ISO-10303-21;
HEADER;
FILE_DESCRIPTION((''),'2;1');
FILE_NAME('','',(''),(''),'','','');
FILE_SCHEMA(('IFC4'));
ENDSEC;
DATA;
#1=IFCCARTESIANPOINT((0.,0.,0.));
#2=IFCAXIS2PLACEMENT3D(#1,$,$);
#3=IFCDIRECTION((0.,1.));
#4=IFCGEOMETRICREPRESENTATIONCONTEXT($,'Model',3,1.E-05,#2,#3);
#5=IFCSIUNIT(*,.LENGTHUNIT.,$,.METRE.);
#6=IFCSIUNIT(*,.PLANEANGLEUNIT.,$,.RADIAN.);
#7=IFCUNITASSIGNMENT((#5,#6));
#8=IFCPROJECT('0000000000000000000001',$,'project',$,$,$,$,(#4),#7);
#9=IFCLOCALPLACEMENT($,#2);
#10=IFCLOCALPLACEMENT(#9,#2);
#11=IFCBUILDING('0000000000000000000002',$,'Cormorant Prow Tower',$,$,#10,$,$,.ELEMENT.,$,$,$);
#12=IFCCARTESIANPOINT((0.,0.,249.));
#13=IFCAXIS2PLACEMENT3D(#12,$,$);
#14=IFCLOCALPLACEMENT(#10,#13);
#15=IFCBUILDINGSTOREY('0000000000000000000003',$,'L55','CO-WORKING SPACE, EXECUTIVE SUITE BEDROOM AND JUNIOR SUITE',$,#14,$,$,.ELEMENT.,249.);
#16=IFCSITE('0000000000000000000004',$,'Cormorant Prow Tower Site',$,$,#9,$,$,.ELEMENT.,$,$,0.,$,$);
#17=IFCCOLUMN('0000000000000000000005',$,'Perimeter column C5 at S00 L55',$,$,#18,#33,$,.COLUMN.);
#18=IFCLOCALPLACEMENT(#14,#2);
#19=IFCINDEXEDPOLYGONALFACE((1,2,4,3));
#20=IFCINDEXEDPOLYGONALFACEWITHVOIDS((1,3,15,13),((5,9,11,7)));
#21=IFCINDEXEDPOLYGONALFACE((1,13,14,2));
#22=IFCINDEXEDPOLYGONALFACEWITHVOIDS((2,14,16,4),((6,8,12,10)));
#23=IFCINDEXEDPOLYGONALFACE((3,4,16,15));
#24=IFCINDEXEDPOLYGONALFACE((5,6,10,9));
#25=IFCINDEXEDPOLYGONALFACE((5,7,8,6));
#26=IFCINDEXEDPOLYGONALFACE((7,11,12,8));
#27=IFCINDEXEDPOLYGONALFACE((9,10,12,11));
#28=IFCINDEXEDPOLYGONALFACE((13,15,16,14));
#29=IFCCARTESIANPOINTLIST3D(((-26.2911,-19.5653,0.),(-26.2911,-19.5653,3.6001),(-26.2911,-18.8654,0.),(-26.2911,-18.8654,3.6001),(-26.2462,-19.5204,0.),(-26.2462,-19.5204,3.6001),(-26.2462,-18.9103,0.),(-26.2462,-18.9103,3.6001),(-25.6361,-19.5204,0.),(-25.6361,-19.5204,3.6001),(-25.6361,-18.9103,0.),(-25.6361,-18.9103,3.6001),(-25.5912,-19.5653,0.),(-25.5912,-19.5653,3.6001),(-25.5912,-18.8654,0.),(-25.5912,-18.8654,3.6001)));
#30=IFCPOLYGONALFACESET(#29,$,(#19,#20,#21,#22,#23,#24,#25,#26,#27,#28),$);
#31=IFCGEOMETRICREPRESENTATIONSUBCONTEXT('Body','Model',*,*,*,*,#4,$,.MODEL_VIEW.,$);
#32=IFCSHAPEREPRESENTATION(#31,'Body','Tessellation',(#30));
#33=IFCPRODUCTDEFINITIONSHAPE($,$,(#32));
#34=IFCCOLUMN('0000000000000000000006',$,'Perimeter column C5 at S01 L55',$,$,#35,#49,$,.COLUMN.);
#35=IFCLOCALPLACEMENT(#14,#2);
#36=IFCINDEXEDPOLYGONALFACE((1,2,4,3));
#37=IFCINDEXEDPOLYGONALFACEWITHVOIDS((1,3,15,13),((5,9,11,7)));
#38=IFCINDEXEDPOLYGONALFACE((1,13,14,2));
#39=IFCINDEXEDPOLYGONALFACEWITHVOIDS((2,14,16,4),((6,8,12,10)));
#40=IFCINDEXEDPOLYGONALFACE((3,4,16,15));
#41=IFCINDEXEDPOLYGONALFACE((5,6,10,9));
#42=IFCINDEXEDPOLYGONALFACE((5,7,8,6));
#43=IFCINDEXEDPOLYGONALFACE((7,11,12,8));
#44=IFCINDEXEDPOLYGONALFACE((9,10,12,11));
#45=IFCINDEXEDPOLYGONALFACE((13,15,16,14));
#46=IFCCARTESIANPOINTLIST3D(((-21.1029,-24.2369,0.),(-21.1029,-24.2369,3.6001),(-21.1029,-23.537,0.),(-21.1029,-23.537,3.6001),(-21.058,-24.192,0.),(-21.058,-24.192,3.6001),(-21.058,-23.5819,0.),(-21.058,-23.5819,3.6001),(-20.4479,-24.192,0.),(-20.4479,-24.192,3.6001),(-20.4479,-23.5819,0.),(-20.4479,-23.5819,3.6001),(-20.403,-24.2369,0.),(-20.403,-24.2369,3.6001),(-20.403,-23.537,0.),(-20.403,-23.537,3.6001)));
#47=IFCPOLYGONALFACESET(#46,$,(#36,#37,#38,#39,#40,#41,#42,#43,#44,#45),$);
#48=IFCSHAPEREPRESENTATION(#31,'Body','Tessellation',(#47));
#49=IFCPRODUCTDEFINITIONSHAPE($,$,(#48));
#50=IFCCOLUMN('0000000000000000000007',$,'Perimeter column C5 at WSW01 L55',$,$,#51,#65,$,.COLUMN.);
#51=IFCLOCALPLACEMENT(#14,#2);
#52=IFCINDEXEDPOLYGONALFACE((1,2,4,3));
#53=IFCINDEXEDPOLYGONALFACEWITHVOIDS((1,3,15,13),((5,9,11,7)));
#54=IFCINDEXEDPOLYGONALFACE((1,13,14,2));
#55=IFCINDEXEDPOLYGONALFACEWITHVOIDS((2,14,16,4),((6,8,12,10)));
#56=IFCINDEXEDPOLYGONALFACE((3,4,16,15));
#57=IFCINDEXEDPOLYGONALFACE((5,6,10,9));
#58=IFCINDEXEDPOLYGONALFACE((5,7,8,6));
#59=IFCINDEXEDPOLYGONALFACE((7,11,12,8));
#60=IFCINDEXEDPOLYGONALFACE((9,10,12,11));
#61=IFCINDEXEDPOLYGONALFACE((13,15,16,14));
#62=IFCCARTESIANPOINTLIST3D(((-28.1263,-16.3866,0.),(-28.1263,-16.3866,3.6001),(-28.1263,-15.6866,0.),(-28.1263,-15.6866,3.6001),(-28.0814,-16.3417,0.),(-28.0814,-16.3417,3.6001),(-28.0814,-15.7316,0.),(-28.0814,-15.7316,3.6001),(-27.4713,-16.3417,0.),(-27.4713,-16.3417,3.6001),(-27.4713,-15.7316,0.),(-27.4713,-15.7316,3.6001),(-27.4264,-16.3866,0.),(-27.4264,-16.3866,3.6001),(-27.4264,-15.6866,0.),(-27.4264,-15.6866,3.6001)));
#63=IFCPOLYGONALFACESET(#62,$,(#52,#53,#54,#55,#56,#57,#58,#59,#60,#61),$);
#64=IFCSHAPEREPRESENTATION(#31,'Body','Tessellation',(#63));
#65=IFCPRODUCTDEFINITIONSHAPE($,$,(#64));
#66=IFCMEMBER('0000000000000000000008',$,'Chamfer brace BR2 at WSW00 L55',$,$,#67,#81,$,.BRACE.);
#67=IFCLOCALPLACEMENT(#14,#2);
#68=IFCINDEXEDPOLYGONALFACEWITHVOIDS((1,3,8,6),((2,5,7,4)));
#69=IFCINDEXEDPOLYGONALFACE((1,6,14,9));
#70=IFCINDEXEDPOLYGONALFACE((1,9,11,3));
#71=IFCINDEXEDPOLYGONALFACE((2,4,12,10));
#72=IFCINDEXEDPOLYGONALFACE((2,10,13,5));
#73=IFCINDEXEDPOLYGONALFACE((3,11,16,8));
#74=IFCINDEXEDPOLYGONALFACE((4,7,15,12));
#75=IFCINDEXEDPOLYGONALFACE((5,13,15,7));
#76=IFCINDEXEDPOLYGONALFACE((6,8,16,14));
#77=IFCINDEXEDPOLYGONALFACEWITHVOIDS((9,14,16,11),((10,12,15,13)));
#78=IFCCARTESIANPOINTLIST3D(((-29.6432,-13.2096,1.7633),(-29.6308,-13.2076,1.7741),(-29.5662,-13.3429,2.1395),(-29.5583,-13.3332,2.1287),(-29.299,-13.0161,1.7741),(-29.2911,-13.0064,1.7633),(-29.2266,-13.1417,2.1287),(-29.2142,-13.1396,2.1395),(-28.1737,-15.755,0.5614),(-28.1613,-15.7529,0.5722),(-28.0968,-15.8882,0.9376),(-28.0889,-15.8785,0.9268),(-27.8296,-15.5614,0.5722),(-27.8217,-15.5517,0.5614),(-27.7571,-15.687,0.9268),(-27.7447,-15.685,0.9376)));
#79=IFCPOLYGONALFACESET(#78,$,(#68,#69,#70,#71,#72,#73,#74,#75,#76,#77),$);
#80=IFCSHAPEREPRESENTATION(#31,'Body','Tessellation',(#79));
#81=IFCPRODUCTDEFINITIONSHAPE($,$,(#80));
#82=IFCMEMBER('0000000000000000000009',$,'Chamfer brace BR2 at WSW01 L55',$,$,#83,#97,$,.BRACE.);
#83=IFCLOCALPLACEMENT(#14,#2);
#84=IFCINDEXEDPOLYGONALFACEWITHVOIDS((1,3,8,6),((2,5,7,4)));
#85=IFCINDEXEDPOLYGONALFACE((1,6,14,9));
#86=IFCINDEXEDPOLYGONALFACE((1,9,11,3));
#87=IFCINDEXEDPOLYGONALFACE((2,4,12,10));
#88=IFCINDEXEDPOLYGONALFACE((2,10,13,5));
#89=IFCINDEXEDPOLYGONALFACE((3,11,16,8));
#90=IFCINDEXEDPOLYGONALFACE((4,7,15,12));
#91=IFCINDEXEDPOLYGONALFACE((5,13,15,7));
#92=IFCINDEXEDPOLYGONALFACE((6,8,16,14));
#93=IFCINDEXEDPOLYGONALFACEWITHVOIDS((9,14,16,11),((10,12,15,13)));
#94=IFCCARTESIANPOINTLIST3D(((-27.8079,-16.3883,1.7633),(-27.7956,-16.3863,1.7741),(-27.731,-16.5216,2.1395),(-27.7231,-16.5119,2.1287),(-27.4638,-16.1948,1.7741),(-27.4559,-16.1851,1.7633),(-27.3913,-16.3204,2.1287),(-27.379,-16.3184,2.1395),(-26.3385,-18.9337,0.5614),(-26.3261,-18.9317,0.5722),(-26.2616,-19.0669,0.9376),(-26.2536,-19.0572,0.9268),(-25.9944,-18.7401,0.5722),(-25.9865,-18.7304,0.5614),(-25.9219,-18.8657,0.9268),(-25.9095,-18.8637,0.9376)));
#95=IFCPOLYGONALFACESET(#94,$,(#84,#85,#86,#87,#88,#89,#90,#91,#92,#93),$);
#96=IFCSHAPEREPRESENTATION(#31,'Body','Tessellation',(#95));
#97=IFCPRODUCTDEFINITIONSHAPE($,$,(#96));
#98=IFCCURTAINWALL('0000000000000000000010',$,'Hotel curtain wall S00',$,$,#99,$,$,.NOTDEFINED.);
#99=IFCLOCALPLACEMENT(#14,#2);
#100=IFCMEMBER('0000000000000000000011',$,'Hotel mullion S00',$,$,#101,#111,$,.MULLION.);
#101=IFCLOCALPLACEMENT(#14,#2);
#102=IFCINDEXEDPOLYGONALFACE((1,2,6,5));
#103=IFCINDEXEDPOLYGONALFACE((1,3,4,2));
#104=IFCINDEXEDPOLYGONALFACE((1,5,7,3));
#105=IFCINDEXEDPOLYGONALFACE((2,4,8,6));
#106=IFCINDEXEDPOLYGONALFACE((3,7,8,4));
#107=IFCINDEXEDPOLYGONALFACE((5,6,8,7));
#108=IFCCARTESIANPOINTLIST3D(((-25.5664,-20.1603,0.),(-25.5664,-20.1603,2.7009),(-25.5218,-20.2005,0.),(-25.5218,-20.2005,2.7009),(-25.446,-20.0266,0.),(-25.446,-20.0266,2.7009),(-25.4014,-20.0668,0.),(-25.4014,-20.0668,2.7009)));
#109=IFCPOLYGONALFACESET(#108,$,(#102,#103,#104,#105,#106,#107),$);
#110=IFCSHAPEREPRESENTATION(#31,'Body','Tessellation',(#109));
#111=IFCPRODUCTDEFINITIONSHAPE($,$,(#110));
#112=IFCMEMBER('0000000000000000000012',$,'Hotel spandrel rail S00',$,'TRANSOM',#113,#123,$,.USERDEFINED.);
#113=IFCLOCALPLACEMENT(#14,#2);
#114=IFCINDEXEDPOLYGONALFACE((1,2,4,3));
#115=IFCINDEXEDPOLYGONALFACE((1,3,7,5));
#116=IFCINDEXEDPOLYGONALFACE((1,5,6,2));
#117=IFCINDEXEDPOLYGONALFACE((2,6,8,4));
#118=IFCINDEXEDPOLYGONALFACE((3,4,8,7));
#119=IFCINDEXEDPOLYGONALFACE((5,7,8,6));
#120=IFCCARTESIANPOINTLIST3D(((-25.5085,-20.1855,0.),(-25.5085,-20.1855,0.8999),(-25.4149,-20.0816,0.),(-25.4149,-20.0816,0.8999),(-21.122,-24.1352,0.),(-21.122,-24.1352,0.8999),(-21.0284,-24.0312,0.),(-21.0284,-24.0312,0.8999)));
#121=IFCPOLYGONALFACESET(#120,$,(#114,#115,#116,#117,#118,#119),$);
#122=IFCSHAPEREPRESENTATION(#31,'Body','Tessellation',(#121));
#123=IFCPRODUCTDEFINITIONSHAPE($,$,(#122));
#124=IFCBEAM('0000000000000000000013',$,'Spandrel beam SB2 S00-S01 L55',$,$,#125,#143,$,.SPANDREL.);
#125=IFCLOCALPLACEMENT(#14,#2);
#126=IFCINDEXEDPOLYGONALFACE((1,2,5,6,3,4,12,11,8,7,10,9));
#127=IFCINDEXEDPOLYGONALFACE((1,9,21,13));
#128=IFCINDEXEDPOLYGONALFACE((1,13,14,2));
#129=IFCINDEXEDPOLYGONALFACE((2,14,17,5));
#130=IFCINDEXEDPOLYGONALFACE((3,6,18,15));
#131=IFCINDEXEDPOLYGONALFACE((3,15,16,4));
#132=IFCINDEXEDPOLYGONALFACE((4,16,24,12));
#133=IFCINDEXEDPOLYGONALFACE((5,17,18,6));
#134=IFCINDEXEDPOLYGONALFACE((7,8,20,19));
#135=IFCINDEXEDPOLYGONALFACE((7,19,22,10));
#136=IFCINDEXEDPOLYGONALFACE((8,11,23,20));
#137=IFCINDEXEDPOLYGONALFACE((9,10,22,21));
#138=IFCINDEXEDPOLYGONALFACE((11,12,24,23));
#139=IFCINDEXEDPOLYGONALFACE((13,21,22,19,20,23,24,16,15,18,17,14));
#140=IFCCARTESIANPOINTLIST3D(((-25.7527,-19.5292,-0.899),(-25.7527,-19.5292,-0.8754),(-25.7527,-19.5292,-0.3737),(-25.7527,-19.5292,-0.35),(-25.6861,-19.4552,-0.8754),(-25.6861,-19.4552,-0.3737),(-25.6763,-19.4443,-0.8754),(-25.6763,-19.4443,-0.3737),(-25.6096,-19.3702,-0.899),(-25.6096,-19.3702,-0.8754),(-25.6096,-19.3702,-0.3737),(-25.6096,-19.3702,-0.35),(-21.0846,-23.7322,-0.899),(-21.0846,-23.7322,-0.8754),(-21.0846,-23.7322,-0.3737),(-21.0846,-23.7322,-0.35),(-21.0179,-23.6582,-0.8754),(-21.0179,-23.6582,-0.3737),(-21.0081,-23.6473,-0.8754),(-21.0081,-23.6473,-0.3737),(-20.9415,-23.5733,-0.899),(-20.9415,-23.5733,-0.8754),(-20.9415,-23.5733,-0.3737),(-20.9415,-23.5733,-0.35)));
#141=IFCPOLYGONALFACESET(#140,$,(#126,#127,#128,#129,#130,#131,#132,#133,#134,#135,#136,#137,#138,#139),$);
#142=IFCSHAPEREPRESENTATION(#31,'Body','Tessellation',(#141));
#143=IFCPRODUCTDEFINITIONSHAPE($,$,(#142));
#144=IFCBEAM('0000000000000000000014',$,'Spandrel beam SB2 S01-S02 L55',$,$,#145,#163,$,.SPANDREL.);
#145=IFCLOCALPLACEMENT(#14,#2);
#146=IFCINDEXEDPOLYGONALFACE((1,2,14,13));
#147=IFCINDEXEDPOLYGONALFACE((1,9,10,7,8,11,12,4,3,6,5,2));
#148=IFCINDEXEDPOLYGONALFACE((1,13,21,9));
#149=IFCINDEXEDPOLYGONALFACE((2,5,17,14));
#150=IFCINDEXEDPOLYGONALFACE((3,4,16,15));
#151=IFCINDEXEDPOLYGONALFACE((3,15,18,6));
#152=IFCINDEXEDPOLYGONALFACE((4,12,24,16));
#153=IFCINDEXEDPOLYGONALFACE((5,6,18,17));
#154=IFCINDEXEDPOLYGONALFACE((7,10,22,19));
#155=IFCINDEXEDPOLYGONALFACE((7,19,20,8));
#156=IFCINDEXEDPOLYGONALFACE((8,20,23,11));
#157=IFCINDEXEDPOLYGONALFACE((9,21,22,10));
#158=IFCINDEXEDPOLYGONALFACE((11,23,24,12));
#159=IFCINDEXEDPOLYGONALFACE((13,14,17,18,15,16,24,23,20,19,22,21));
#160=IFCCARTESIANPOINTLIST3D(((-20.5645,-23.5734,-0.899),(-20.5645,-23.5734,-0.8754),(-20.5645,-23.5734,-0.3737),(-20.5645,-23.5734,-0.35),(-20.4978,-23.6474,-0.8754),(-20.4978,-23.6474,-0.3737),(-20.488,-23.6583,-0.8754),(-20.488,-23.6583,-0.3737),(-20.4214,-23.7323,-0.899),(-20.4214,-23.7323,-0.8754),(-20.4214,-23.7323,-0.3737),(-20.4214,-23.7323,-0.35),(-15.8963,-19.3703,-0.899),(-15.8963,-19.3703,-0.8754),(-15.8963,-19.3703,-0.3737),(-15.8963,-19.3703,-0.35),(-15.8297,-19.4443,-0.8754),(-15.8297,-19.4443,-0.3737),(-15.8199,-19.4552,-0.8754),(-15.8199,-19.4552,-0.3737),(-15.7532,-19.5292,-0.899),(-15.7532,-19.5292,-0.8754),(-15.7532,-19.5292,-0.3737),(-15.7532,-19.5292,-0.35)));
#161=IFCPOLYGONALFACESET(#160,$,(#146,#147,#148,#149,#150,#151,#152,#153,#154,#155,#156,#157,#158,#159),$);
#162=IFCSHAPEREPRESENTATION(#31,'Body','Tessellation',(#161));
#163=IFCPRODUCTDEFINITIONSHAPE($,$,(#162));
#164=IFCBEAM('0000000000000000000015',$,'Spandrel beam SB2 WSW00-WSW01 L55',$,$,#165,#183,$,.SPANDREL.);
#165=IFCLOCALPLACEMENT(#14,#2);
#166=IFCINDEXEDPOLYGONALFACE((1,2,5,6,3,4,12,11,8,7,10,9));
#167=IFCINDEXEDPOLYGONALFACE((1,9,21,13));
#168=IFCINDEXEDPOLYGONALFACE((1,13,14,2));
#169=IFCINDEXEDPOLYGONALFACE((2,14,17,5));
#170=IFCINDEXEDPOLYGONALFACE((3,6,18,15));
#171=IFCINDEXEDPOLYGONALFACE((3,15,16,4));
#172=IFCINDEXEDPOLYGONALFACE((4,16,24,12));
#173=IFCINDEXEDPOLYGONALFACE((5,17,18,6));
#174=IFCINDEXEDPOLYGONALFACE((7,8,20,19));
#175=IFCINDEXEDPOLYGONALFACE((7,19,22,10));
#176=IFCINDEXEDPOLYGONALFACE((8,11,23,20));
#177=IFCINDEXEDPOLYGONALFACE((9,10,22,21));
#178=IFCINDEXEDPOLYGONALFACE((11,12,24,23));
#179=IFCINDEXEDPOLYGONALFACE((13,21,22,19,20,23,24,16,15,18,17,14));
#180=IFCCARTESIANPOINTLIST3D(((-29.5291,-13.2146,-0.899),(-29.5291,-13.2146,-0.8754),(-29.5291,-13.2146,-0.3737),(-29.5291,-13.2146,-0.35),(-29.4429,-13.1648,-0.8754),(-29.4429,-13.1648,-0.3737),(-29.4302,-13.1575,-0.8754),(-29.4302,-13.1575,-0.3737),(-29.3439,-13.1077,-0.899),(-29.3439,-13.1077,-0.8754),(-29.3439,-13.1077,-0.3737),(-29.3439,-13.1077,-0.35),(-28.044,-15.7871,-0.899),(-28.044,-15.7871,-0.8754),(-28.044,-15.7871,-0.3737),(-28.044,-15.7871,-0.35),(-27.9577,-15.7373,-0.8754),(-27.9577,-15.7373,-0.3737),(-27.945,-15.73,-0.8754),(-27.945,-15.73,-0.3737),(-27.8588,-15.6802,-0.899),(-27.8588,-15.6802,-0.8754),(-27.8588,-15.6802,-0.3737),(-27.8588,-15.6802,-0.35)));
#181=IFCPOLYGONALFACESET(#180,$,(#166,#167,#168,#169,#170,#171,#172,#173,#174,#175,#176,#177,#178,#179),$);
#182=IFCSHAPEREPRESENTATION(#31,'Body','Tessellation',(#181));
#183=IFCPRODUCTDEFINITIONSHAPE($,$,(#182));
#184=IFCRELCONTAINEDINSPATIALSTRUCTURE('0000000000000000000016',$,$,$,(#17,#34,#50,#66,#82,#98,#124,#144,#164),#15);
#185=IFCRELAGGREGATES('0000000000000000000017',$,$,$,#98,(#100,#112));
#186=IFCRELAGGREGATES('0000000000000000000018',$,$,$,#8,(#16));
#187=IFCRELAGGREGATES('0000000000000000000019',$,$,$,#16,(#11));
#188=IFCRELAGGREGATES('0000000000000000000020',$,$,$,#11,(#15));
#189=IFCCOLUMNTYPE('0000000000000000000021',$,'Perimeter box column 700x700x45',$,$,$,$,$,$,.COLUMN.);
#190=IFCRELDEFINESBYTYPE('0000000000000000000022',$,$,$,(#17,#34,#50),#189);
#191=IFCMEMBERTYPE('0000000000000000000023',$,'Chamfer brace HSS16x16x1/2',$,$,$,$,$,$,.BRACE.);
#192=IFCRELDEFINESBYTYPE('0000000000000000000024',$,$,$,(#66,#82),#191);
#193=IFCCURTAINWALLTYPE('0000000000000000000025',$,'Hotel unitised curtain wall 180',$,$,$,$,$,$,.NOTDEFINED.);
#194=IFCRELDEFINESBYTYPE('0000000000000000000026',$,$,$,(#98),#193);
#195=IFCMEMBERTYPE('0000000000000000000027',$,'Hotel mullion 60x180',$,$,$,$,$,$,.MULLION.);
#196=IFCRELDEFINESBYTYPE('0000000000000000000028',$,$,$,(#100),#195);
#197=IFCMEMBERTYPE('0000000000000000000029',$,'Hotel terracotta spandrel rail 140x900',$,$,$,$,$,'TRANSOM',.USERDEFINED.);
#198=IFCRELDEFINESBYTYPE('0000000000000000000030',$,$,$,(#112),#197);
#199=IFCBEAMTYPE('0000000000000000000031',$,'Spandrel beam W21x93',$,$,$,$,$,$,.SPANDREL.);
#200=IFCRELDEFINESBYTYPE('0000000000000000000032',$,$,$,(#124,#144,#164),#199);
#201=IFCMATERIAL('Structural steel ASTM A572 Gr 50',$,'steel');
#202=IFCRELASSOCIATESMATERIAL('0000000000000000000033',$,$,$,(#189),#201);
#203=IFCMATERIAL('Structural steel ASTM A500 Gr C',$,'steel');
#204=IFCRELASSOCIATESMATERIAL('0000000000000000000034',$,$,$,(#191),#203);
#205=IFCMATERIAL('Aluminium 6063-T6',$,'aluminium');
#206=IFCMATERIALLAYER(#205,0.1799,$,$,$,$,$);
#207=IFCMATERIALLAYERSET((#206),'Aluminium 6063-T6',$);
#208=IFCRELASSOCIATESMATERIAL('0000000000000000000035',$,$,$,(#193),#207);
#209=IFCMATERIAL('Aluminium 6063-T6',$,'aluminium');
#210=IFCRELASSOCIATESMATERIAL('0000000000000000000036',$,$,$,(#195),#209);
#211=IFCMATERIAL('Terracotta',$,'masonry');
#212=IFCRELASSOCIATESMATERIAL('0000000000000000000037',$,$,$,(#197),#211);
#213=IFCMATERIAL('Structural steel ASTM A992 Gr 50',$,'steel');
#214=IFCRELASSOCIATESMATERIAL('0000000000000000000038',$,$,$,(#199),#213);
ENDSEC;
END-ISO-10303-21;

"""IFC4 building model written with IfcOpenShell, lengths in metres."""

from ifc_helpers import new_model, si_unit, direction, frame, origin, origin_2d, place, context, subcontext, project, spatial, rectangle, hollow_rectangle, i_section, extrude, material, layer, layer_set, material_profile, profile_set, type_object, element, aggregate, save


model = new_model("IFC4")

# Units and contexts
model_context = context("Model", 3, precision=1e-05, world=origin(), true_north=direction((0.0, 1.0)))
body_context = subcontext(model_context, "Body", "Model", "MODEL_VIEW")
ifc_project = project(units=[si_unit("LENGTHUNIT", "METRE"), si_unit("PLANEANGLEUNIT", "RADIAN")], contexts=[model_context])

# Site, building, storey
site_placement = place(None, origin())
site = spatial("IfcSite", under=ifc_project, at=site_placement, Name="Cormorant Prow Tower Site", CompositionType="ELEMENT", RefElevation=0.0)
building_placement = place(site_placement, origin())
building = spatial("IfcBuilding", under=site, at=building_placement, Name="Cormorant Prow Tower", CompositionType="ELEMENT")
storey_placement = place(building_placement, frame((0.0, 0.0, 249.0)))
storey = spatial("IfcBuildingStorey", under=building, at=storey_placement, Name="L55", Description="CO-WORKING SPACE, EXECUTIVE SUITE BEDROOM AND JUNIOR SUITE", CompositionType="ELEMENT", Elevation=249.0)

# Columns
ifc_material_1 = material(Name="Structural steel ASTM A572 Gr 50", Category="steel")
ifc_material_profile_1 = material_profile(ifc_material_1, hollow_rectangle(XDim=0.7, YDim=0.7, WallThickness=0.0449, at=origin_2d()), Name="Box 700x700x45")
ifc_profile_set_1 = profile_set([ifc_material_profile_1], Name="Structural steel ASTM A572 Gr 50")
column_type = type_object("IfcColumnType", Name="Perimeter box column 700x700x45", PredefinedType="COLUMN", material=ifc_profile_set_1)
for number, where, z_axis, x_axis, name in (
    (1, (-25.9412, -19.2153, 0.0), (0.0, 0.0, 1.0), (1.0, 0.0, 0.0), "Perimeter column C5 at S00 L55"),
    (2, (-20.7529, -23.887, 0.0), (0.0, 0.0, 1.0), (1.0, 0.0, 0.0), "Perimeter column C5 at S01 L55"),
    (3, (-27.7764, -16.0366, 0.0), (0.0, 0.0, 1.0), (1.0, 0.0, 0.0), "Perimeter column C5 at WSW01 L55"),
):
    element("IfcColumn", number, at=place(storey_placement, frame(where, z_axis=z_axis, x_axis=x_axis)), inside=storey, type_object=column_type, Name=name, PredefinedType="COLUMN", context=body_context, shape_type="SweptSolid", body=[
        extrude(hollow_rectangle(XDim=0.7, YDim=0.7, WallThickness=0.0449, at=origin_2d()), origin(), (0.0, 0.0, 1.0), 3.6001),
    ])

# Members
ifc_material_2 = material(Name="Structural steel ASTM A500 Gr C", Category="steel")
ifc_material_profile_2 = material_profile(ifc_material_2, hollow_rectangle(XDim=0.4065, YDim=0.4065, WallThickness=0.0117, at=origin_2d()), Name="HSS16x16x1/2")
ifc_profile_set_2 = profile_set([ifc_material_profile_2], Name="Structural steel ASTM A500 Gr C")
member_type_1 = type_object("IfcMemberType", Name="Chamfer brace HSS16x16x1/2", PredefinedType="BRACE", material=ifc_profile_set_2)
for number, where, z_axis, x_axis, name in (
    (4, (-27.9592, -15.72, 0.7495), (-0.462773, 0.801607, 0.378507), (-0.866042, -0.499972, 0.0), "Chamfer brace BR2 at WSW00 L55"),
    (5, (-26.124, -18.8987, 0.7495), (-0.462773, 0.801607, 0.378507), (-0.866042, -0.499972, 0.0), "Chamfer brace BR2 at WSW01 L55"),
):
    element("IfcMember", number, at=place(storey_placement, frame(where, z_axis=z_axis, x_axis=x_axis)), inside=storey, type_object=member_type_1, Name=name, PredefinedType="BRACE", context=body_context, shape_type="SweptSolid", body=[
        extrude(hollow_rectangle(XDim=0.4065, YDim=0.4065, WallThickness=0.0117, at=origin_2d()), origin(), (0.0, 0.0, 1.0), 3.1753),
    ])

# Curtain wall, members
ifc_material_3 = material(Name="Aluminium 6063-T6", Category="aluminium")
ifc_layer_1 = layer(ifc_material_3, 0.1799)
ifc_layer_set_1 = layer_set([ifc_layer_1], Name="Aluminium 6063-T6")
curtain_wall_type = type_object("IfcCurtainWallType", Name="Hotel unitised curtain wall 180", PredefinedType="NOTDEFINED", material=ifc_layer_set_1)
curtain_wall_placement = place(storey_placement, origin())
curtain_wall = element("IfcCurtainWall", 6, at=curtain_wall_placement, inside=storey, type_object=curtain_wall_type, Name="Hotel curtain wall S00", PredefinedType="NOTDEFINED")
ifc_material_4 = material(Name="Aluminium 6063-T6", Category="aluminium")
ifc_material_profile_3 = material_profile(ifc_material_4, rectangle(XDim=0.1799, YDim=0.0601, at=origin_2d()), Name="Hotel mullion 60x180")
ifc_profile_set_3 = profile_set([ifc_material_profile_3], Name="Aluminium 6063-T6")
member_type_2 = type_object("IfcMemberType", Name="Hotel mullion 60x180", PredefinedType="MULLION", material=ifc_profile_set_3)
member_1_placement = place(storey_placement, frame((-25.4839, -20.1135, 0.0), z_axis=(0.0, 0.0, 1.0), x_axis=(0.669131, 0.743145, 0.0)))
member_1 = element("IfcMember", 7, at=member_1_placement, type_object=member_type_2, Name="Hotel mullion S00", PredefinedType="MULLION", context=body_context, shape_type="SweptSolid", body=[
    extrude(rectangle(XDim=0.1799, YDim=0.0601, at=origin_2d()), origin(), (0.0, 0.0, 1.0), 2.7009),
])
ifc_material_5 = material(Name="Terracotta", Category="masonry")
ifc_material_profile_4 = material_profile(ifc_material_5, rectangle(XDim=0.1399, YDim=0.8999, at=origin_2d()), Name="Hotel terracotta spandrel rail 140x900")
ifc_profile_set_4 = profile_set([ifc_material_profile_4], Name="Terracotta")
member_type_3 = type_object("IfcMemberType", Name="Hotel terracotta spandrel rail 140x900", ElementType="TRANSOM", PredefinedType="USERDEFINED", material=ifc_profile_set_4)
member_2_placement = place(storey_placement, frame((-25.4617, -20.1335, 0.45), z_axis=(0.743136, -0.669141, 0.0), x_axis=(0.669141, 0.743136, 0.0)))
member_2 = element("IfcMember", 8, at=member_2_placement, type_object=member_type_3, Name="Hotel spandrel rail S00", ObjectType="TRANSOM", PredefinedType="USERDEFINED", context=body_context, shape_type="SweptSolid", body=[
    extrude(rectangle(XDim=0.1399, YDim=0.8999, at=origin_2d()), origin(), (0.0, 0.0, 1.0), 5.9026),
])

# Beams
ifc_material_6 = material(Name="Structural steel ASTM A992 Gr 50", Category="steel")
ifc_material_profile_5 = material_profile(ifc_material_6, i_section(OverallWidth=0.2139, OverallDepth=0.5491, WebThickness=0.0146, FlangeThickness=0.0237, at=origin_2d()), Name="W21x93")
ifc_profile_set_5 = profile_set([ifc_material_profile_5], Name="Structural steel ASTM A992 Gr 50")
beam_type = type_object("IfcBeamType", Name="Spandrel beam W21x93", PredefinedType="SPANDREL", material=ifc_profile_set_5)
for number, where, z_axis, x_axis, name in (
    (9, (-25.6812, -19.4497, -0.6245), (0.743157, -0.669117, 0.0), (0.669117, 0.743157, 0.0), "Spandrel beam SB2 S00-S01 L55"),
    (10, (-20.4929, -23.6528, -0.6245), (0.743157, 0.669117, 0.0), (-0.669117, 0.743157, 0.0), "Spandrel beam SB2 S01-S02 L55"),
):
    element("IfcBeam", number, at=place(storey_placement, frame(where, z_axis=z_axis, x_axis=x_axis)), inside=storey, type_object=beam_type, Name=name, PredefinedType="SPANDREL", context=body_context, shape_type="SweptSolid", body=[
        extrude(i_section(OverallWidth=0.2139, OverallDepth=0.5491, WebThickness=0.0146, FlangeThickness=0.0237, at=origin_2d()), origin(), (0.0, 0.0, 1.0), 6.2815),
    ])
for number, where, z_axis, x_axis, name in (
    (11, (-29.4365, -13.1611, -0.6245), (0.499967, -0.866045, 0.0), (0.866045, 0.499967, 0.0), "Spandrel beam SB2 WSW00-WSW01 L55"),
):
    element("IfcBeam", number, at=place(storey_placement, frame(where, z_axis=z_axis, x_axis=x_axis)), inside=storey, type_object=beam_type, Name=name, PredefinedType="SPANDREL", context=body_context, shape_type="SweptSolid", body=[
        extrude(i_section(OverallWidth=0.2139, OverallDepth=0.5491, WebThickness=0.0146, FlangeThickness=0.0237, at=origin_2d()), origin(), (0.0, 0.0, 1.0), 2.9705),
    ])

aggregate(curtain_wall, [member_1, member_2])

save(model, "model.ifc")
